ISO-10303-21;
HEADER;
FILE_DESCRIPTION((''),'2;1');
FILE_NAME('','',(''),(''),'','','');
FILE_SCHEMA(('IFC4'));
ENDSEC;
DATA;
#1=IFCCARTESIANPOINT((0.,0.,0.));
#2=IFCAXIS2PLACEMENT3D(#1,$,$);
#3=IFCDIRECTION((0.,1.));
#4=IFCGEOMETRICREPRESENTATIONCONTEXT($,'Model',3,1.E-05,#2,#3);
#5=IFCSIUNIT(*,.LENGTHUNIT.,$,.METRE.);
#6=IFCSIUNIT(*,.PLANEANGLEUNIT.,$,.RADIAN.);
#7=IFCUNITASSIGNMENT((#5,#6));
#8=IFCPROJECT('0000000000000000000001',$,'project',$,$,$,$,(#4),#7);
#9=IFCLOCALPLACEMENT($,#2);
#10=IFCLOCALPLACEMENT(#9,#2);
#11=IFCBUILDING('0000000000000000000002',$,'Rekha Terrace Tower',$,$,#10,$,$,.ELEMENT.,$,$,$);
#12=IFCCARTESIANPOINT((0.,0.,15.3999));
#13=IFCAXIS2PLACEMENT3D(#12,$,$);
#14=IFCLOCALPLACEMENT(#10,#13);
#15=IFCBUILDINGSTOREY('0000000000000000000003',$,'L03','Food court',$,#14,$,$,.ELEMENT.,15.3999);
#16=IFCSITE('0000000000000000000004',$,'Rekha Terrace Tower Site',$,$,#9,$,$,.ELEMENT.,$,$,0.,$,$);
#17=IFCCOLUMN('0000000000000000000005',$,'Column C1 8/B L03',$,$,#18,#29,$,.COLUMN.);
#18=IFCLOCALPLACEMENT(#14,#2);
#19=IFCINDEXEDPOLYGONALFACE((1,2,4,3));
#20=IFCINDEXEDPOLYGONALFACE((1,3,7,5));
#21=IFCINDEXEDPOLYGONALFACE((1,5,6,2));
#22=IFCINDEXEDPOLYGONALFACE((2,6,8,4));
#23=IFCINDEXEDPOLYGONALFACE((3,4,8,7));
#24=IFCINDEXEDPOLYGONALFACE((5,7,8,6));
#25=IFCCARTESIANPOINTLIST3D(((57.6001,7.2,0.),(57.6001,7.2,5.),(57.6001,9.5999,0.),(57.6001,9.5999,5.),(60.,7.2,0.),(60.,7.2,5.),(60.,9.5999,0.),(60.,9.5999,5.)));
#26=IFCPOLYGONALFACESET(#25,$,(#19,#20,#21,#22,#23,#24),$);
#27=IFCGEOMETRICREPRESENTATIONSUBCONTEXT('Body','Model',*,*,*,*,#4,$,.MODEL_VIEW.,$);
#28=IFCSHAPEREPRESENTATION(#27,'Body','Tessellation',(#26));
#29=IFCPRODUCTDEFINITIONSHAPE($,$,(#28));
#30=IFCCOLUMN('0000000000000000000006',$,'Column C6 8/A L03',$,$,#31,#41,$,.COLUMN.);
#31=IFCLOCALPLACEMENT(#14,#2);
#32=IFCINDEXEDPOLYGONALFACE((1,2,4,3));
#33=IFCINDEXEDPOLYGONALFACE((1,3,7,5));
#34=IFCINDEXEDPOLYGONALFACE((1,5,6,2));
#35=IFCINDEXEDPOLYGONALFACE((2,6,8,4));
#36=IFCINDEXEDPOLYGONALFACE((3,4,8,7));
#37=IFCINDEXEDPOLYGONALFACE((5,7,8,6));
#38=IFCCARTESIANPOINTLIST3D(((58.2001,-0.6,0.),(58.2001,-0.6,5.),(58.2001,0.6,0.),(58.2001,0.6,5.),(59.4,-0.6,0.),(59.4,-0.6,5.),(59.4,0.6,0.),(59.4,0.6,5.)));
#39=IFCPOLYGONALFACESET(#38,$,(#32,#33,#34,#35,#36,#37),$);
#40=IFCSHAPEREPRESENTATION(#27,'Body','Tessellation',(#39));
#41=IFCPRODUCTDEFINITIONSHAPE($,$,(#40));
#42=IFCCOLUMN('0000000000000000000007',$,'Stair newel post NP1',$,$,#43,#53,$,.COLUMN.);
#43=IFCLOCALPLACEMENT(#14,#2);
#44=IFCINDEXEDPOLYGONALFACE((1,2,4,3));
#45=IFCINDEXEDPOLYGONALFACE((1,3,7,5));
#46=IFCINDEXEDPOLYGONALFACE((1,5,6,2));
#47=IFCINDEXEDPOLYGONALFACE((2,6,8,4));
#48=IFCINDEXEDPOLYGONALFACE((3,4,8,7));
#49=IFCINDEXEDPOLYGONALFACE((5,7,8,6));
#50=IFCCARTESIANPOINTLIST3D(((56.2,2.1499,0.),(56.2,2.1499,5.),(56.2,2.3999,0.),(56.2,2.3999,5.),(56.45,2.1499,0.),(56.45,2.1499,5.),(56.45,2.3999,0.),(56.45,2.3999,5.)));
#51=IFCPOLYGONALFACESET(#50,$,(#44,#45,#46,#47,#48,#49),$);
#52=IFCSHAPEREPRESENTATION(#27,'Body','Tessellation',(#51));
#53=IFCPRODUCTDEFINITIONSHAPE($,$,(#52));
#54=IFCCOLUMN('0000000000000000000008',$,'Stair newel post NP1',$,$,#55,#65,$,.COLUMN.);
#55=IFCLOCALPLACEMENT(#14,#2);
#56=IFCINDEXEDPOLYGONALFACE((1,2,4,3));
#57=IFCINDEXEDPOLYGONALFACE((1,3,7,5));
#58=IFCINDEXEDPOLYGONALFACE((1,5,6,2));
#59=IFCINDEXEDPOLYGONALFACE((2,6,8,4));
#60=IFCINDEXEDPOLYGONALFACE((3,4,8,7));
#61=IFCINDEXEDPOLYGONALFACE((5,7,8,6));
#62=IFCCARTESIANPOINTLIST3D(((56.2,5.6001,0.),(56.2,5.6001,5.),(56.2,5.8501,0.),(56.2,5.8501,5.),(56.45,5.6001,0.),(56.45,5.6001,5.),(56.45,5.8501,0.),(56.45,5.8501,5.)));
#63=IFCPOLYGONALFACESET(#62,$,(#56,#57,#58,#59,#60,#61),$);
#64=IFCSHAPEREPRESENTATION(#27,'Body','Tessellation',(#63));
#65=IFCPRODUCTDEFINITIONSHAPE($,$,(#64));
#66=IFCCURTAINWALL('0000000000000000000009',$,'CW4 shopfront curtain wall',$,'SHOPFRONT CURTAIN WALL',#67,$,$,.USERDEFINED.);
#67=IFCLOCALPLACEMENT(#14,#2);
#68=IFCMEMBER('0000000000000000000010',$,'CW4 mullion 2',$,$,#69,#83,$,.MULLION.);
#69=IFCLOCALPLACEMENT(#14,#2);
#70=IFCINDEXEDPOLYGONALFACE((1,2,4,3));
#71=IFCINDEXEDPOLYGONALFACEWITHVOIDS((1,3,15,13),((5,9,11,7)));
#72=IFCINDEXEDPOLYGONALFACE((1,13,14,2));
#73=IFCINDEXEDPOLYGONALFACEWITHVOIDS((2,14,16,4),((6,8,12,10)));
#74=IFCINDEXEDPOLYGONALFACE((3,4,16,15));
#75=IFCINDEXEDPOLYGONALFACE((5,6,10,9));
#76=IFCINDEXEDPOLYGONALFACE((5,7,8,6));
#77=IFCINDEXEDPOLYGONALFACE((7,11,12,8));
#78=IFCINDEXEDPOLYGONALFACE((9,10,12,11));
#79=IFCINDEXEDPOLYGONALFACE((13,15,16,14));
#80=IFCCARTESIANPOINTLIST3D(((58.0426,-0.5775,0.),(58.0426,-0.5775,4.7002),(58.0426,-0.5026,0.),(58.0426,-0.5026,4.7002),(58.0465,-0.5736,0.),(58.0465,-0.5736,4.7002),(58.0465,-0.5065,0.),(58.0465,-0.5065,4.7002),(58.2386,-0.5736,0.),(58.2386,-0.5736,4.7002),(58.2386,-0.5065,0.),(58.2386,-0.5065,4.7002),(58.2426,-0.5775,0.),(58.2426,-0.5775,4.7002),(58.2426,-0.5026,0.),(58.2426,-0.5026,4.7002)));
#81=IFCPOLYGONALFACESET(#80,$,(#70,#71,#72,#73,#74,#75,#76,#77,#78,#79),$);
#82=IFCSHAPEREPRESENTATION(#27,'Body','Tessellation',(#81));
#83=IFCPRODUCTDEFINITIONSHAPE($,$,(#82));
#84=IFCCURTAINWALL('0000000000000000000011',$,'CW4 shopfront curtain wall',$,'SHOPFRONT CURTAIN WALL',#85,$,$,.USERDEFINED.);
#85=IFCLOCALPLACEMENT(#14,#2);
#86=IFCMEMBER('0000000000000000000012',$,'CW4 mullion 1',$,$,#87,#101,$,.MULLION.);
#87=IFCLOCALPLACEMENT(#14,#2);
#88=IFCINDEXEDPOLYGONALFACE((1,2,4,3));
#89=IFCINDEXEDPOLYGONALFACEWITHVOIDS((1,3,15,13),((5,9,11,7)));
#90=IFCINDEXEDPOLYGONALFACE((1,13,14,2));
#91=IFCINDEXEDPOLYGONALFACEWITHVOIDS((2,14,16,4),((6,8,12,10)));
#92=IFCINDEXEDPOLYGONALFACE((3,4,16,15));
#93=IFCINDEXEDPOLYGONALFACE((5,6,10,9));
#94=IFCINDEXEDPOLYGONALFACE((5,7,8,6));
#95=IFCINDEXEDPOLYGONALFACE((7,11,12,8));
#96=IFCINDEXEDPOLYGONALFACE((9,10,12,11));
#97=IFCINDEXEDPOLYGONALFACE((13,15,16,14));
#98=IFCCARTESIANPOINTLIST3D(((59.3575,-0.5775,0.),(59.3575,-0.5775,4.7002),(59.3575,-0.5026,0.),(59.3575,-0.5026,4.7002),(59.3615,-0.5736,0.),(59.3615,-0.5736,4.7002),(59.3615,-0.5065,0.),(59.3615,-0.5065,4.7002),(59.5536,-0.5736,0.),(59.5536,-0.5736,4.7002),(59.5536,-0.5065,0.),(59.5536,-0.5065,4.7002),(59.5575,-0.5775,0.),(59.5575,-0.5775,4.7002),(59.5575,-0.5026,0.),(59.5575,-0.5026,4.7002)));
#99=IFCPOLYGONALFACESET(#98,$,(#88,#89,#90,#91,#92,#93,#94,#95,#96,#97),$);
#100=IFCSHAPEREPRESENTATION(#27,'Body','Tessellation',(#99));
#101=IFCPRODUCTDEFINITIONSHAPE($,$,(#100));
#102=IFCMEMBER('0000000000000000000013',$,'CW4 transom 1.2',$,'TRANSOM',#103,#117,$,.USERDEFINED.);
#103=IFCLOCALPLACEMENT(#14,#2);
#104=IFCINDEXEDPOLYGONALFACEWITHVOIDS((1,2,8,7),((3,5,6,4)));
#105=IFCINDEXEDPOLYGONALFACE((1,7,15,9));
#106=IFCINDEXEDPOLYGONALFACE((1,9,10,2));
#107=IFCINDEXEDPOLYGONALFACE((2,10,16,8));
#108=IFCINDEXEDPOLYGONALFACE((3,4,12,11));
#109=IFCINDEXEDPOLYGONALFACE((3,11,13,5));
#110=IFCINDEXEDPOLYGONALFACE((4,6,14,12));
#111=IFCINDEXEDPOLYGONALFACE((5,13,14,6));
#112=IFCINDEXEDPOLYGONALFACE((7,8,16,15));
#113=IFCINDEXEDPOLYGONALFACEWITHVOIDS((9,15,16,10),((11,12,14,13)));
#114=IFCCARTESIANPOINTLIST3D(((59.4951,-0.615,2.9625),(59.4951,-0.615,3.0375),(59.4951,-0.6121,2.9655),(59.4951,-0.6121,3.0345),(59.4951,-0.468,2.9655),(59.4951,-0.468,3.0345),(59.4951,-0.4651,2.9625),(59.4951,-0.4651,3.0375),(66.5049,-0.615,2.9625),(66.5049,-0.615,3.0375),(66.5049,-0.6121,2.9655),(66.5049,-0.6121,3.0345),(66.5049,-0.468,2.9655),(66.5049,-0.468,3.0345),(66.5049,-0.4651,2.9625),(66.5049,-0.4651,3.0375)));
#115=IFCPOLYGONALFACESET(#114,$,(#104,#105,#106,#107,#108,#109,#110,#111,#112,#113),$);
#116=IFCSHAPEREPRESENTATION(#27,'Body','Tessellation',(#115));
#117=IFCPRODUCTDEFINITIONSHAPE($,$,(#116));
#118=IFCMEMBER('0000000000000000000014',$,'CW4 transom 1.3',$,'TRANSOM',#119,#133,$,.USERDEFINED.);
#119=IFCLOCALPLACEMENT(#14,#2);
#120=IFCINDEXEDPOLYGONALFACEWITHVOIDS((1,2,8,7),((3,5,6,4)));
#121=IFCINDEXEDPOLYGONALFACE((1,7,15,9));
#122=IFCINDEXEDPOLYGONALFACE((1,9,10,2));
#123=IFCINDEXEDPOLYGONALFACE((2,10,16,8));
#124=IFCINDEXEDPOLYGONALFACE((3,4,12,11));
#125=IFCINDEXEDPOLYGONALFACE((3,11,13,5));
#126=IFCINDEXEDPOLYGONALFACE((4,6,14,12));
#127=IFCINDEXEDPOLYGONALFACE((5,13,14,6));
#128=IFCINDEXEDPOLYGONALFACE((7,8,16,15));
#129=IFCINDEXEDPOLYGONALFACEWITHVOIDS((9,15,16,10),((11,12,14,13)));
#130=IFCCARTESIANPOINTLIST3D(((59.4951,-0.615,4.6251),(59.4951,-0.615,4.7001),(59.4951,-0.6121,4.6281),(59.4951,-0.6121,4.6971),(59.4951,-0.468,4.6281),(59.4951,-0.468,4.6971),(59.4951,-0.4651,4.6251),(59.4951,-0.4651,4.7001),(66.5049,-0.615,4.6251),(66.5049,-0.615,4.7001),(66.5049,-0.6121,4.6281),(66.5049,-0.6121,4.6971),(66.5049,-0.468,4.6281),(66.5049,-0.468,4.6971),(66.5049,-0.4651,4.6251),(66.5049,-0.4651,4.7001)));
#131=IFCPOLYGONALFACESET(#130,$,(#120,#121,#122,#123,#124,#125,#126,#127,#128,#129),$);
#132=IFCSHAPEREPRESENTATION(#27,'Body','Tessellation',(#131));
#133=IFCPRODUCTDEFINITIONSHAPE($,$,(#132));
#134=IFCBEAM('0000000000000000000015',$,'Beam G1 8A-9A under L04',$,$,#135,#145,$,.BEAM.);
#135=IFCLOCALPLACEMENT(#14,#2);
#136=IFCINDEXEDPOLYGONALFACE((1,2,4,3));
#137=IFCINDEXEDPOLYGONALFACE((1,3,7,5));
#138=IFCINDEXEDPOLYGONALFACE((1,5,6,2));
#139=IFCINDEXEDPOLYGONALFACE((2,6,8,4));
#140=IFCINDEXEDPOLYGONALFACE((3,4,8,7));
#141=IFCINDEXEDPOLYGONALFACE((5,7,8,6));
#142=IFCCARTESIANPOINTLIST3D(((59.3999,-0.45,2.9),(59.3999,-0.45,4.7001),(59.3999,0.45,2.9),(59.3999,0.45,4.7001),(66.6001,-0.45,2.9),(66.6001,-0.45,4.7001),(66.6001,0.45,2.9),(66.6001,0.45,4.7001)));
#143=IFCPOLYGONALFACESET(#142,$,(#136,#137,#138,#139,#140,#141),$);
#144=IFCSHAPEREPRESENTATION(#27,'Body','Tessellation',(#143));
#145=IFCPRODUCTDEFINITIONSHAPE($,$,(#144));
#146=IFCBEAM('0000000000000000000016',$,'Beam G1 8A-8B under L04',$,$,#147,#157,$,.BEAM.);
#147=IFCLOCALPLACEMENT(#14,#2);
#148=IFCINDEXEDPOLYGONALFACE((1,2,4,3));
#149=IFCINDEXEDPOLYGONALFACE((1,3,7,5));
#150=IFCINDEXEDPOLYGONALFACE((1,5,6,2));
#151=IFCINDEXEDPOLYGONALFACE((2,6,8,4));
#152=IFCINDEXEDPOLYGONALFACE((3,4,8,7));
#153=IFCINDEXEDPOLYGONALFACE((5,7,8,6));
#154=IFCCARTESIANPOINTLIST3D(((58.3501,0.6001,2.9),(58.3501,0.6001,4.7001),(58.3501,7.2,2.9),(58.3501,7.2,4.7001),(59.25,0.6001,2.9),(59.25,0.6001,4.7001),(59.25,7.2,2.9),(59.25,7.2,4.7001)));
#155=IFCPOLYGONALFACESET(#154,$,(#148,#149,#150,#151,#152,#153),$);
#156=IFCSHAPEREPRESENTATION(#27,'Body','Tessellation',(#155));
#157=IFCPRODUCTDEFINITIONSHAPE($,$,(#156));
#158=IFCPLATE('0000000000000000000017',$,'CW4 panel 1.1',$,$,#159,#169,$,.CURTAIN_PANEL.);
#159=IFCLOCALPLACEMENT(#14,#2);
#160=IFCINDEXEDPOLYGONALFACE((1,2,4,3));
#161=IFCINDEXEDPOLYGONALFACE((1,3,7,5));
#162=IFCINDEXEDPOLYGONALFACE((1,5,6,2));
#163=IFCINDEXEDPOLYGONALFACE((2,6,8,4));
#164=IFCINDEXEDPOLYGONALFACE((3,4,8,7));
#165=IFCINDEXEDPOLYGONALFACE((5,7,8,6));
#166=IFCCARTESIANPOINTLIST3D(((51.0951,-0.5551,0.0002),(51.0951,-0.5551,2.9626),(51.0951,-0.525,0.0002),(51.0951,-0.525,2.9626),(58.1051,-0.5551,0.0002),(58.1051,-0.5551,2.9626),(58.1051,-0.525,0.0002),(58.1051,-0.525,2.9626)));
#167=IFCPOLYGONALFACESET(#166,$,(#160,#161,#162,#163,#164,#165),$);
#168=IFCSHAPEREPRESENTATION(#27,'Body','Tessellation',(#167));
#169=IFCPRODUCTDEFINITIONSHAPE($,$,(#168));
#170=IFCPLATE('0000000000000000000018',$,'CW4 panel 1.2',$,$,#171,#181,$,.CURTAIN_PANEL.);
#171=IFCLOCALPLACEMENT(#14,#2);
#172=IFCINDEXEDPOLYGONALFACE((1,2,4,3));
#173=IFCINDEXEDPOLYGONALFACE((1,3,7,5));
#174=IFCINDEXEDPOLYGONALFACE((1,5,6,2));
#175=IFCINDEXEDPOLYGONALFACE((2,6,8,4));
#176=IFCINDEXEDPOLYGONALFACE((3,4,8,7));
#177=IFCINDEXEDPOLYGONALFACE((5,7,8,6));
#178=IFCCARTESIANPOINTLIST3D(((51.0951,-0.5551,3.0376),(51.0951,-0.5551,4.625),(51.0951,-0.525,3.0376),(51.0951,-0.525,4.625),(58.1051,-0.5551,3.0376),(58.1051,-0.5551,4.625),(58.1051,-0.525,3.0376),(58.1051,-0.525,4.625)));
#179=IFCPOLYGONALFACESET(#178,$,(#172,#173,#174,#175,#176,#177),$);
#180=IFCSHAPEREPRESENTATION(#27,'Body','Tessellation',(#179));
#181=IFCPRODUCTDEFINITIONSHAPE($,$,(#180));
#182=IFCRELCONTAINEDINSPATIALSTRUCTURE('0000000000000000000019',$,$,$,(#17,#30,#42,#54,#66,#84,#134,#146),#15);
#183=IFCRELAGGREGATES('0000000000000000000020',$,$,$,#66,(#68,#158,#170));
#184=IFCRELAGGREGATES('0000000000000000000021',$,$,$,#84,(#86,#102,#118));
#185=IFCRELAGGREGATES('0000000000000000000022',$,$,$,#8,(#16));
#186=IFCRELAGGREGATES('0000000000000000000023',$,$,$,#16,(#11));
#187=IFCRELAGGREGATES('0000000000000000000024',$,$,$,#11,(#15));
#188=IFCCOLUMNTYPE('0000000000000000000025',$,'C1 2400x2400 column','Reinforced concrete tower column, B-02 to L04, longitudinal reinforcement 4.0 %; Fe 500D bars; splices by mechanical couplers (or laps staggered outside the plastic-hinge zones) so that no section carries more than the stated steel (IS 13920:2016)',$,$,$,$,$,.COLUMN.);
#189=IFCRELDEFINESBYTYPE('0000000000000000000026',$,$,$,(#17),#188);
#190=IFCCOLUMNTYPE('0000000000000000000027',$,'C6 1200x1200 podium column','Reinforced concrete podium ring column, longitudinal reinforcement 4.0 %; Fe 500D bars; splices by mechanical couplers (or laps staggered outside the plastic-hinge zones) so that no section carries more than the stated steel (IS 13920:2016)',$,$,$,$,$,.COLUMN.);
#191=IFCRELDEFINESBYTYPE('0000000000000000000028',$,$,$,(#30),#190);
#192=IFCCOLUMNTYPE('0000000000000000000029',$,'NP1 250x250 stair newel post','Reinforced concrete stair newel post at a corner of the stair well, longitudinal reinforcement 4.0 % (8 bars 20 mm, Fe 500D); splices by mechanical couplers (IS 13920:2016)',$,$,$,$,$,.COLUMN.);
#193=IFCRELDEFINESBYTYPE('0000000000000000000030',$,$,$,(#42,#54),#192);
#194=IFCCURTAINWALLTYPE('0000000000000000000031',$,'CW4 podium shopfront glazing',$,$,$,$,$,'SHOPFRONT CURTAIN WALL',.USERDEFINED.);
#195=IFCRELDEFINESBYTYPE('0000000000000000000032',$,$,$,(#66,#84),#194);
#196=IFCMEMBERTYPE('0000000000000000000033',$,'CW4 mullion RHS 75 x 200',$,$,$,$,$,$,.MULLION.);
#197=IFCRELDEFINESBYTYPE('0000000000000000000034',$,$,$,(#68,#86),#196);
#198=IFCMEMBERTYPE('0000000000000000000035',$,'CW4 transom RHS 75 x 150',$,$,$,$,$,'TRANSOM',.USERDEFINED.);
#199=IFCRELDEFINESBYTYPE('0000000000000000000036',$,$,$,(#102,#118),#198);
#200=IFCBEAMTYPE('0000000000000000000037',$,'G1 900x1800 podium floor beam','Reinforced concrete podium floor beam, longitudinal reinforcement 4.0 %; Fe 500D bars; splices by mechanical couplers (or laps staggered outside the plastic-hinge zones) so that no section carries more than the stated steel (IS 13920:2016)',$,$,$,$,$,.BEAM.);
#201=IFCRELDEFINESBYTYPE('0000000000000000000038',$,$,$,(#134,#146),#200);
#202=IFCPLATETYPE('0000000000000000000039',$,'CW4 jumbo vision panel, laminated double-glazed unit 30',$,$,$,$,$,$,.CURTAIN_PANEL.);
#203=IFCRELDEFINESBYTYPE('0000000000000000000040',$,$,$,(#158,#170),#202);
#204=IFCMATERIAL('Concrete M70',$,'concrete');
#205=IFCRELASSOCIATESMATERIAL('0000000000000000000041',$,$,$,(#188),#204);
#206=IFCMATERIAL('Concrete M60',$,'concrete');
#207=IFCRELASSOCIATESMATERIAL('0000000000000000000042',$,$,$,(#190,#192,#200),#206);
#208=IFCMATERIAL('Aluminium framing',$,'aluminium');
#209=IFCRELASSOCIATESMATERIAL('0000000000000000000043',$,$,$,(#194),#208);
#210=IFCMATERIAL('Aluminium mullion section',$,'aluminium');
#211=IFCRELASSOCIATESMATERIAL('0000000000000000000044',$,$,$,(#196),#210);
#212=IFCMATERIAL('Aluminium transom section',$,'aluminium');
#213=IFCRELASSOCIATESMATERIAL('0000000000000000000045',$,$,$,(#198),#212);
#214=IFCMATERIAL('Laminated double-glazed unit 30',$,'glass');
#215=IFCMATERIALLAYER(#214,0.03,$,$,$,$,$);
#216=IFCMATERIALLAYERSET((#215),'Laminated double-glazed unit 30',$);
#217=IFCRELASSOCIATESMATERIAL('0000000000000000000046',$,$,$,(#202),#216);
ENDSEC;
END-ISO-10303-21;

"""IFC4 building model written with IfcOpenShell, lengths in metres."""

from ifc_helpers import new_model, si_unit, direction, frame, origin, origin_2d, place, context, subcontext, project, spatial, rectangle, hollow_rectangle, extrude, material, layer, layer_set, material_profile, profile_set, type_object, element, aggregate, save


model = new_model("IFC4")

# Units and contexts
model_context = context("Model", 3, precision=1e-05, world=origin(), true_north=direction((0.0, 1.0)))
body_context = subcontext(model_context, "Body", "Model", "MODEL_VIEW")
ifc_project = project(units=[si_unit("LENGTHUNIT", "METRE"), si_unit("PLANEANGLEUNIT", "RADIAN")], contexts=[model_context])

# Site, building, storey
site_placement = place(None, origin())
site = spatial("IfcSite", under=ifc_project, at=site_placement, Name="Rekha Terrace Tower Site", CompositionType="ELEMENT", RefElevation=0.0)
building_placement = place(site_placement, origin())
building = spatial("IfcBuilding", under=site, at=building_placement, Name="Rekha Terrace Tower", CompositionType="ELEMENT")
storey_placement = place(building_placement, frame((0.0, 0.0, 15.3999)))
storey = spatial("IfcBuildingStorey", under=building, at=storey_placement, Name="L03", Description="Food court", CompositionType="ELEMENT", Elevation=15.3999)

# Columns
ifc_material_1 = material(Name="Concrete M70", Category="concrete")
ifc_material_profile_1 = material_profile(ifc_material_1, rectangle(XDim=2.3999, YDim=2.3999, at=origin_2d()), Name="RC 2400x2400")
ifc_profile_set_1 = profile_set([ifc_material_profile_1], Name="Concrete M70")
column_type_1 = type_object("IfcColumnType", Name="C1 2400x2400 column", Description="Reinforced concrete tower column, B-02 to L04, longitudinal reinforcement 4.0 %; Fe 500D bars; splices by mechanical couplers (or laps staggered outside the plastic-hinge zones) so that no section carries more than the stated steel (IS 13920:2016)", PredefinedType="COLUMN", material=ifc_profile_set_1)
column_1_placement = place(storey_placement, frame((58.8, 8.3999, 0.0), z_axis=(0.0, 0.0, 1.0), x_axis=(1.0, 0.0, 0.0)))
element("IfcColumn", 1, at=column_1_placement, inside=storey, type_object=column_type_1, Name="Column C1 8/B L03", PredefinedType="COLUMN", context=body_context, shape_type="SweptSolid", body=[
    extrude(rectangle(XDim=2.3999, YDim=2.3999, at=origin_2d()), origin(), (0.0, 0.0, 1.0), 5.0),
])
ifc_material_2 = material(Name="Concrete M60", Category="concrete")
ifc_material_profile_2 = material_profile(ifc_material_2, rectangle(XDim=1.2, YDim=1.2, at=origin_2d()), Name="RC 1200x1200")
ifc_profile_set_2 = profile_set([ifc_material_profile_2], Name="Concrete M60")
column_type_2 = type_object("IfcColumnType", Name="C6 1200x1200 podium column", Description="Reinforced concrete podium ring column, longitudinal reinforcement 4.0 %; Fe 500D bars; splices by mechanical couplers (or laps staggered outside the plastic-hinge zones) so that no section carries more than the stated steel (IS 13920:2016)", PredefinedType="COLUMN", material=ifc_profile_set_2)
column_2_placement = place(storey_placement, frame((58.8, 0.0, 0.0), z_axis=(0.0, 0.0, 1.0), x_axis=(1.0, 0.0, 0.0)))
element("IfcColumn", 2, at=column_2_placement, inside=storey, type_object=column_type_2, Name="Column C6 8/A L03", PredefinedType="COLUMN", context=body_context, shape_type="SweptSolid", body=[
    extrude(rectangle(XDim=1.2, YDim=1.2, at=origin_2d()), origin(), (0.0, 0.0, 1.0), 5.0),
])
ifc_material_profile_3 = material_profile(ifc_material_2, rectangle(XDim=0.25, YDim=0.25, at=origin_2d()), Name="RC 250x250")
ifc_profile_set_3 = profile_set([ifc_material_profile_3], Name="Concrete M60")
column_type_3 = type_object("IfcColumnType", Name="NP1 250x250 stair newel post", Description="Reinforced concrete stair newel post at a corner of the stair well, longitudinal reinforcement 4.0 % (8 bars 20 mm, Fe 500D); splices by mechanical couplers (IS 13920:2016)", PredefinedType="COLUMN", material=ifc_profile_set_3)
for number, where, z_axis, x_axis, name in (
    (3, (56.325, 2.2749, 0.0), (0.0, 0.0, 1.0), (1.0, 0.0, 0.0), "Stair newel post NP1"),
    (4, (56.325, 5.7251, 0.0), (0.0, 0.0, 1.0), (1.0, 0.0, 0.0), "Stair newel post NP1"),
):
    element("IfcColumn", number, at=place(storey_placement, frame(where, z_axis=z_axis, x_axis=x_axis)), inside=storey, type_object=column_type_3, Name=name, PredefinedType="COLUMN", context=body_context, shape_type="SweptSolid", body=[
        extrude(rectangle(XDim=0.25, YDim=0.25, at=origin_2d()), origin(), (0.0, 0.0, 1.0), 5.0),
    ])

# Curtain wall, member
ifc_material_3 = material(Name="Aluminium framing", Category="aluminium")
curtain_wall_type = type_object("IfcCurtainWallType", Name="CW4 podium shopfront glazing", ElementType="SHOPFRONT CURTAIN WALL", PredefinedType="USERDEFINED", material=ifc_material_3)
curtain_wall_1_placement = place(storey_placement, origin())
curtain_wall_1 = element("IfcCurtainWall", 5, at=curtain_wall_1_placement, inside=storey, type_object=curtain_wall_type, Name="CW4 shopfront curtain wall", ObjectType="SHOPFRONT CURTAIN WALL", PredefinedType="USERDEFINED")
ifc_material_4 = material(Name="Aluminium mullion section", Category="aluminium")
ifc_material_profile_4 = material_profile(ifc_material_4, hollow_rectangle(XDim=0.075, YDim=0.2, WallThickness=0.0039, at=origin_2d()), Name="AL RHS 75x200")
ifc_profile_set_4 = profile_set([ifc_material_profile_4], Name="Aluminium mullion section")
member_type_1 = type_object("IfcMemberType", Name="CW4 mullion RHS 75 x 200", PredefinedType="MULLION", material=ifc_profile_set_4)
member_1_placement = place(storey_placement, frame((58.1426, -0.54, 0.0), z_axis=(0.0, 0.0, 1.0), x_axis=(0.0, 1.0, 0.0)))
member_1 = element("IfcMember", 6, at=member_1_placement, type_object=member_type_1, Name="CW4 mullion 2", PredefinedType="MULLION", context=body_context, shape_type="SweptSolid", body=[
    extrude(hollow_rectangle(XDim=0.075, YDim=0.2, WallThickness=0.0039, at=origin_2d()), origin(), (0.0, 0.0, 1.0), 4.7002),
])

# Curtain wall, members
curtain_wall_2_placement = place(storey_placement, origin())
curtain_wall_2 = element("IfcCurtainWall", 7, at=curtain_wall_2_placement, inside=storey, type_object=curtain_wall_type, Name="CW4 shopfront curtain wall", ObjectType="SHOPFRONT CURTAIN WALL", PredefinedType="USERDEFINED")
member_2_placement = place(storey_placement, frame((59.4575, -0.54, 0.0), z_axis=(0.0, 0.0, 1.0), x_axis=(0.0, 1.0, 0.0)))
member_2 = element("IfcMember", 8, at=member_2_placement, type_object=member_type_1, Name="CW4 mullion 1", PredefinedType="MULLION", context=body_context, shape_type="SweptSolid", body=[
    extrude(hollow_rectangle(XDim=0.075, YDim=0.2, WallThickness=0.0039, at=origin_2d()), origin(), (0.0, 0.0, 1.0), 4.7002),
])
ifc_material_5 = material(Name="Aluminium transom section", Category="aluminium")
ifc_material_profile_5 = material_profile(ifc_material_5, hollow_rectangle(XDim=0.1499, YDim=0.075, WallThickness=0.0029, at=origin_2d()), Name="AL RHS 150x75")
ifc_profile_set_5 = profile_set([ifc_material_profile_5], Name="Aluminium transom section")
member_type_2 = type_object("IfcMemberType", Name="CW4 transom RHS 75 x 150", ElementType="TRANSOM", PredefinedType="USERDEFINED", material=ifc_profile_set_5)
member_3_placement = place(storey_placement, frame((59.4951, -0.54, 3.0), z_axis=(1.0, 0.0, 0.0), x_axis=(0.0, 1.0, 0.0)))
member_3 = element("IfcMember", 9, at=member_3_placement, type_object=member_type_2, Name="CW4 transom 1.2", ObjectType="TRANSOM", PredefinedType="USERDEFINED", context=body_context, shape_type="SweptSolid", body=[
    extrude(hollow_rectangle(XDim=0.1499, YDim=0.075, WallThickness=0.0029, at=origin_2d()), origin(), (0.0, 0.0, 1.0), 7.0098),
])
member_4_placement = place(storey_placement, frame((59.4951, -0.54, 4.6626), z_axis=(1.0, 0.0, 0.0), x_axis=(0.0, 1.0, 0.0)))
member_4 = element("IfcMember", 10, at=member_4_placement, type_object=member_type_2, Name="CW4 transom 1.3", ObjectType="TRANSOM", PredefinedType="USERDEFINED", context=body_context, shape_type="SweptSolid", body=[
    extrude(hollow_rectangle(XDim=0.1499, YDim=0.075, WallThickness=0.0029, at=origin_2d()), origin(), (0.0, 0.0, 1.0), 7.0098),
])

# Beams
ifc_material_profile_6 = material_profile(ifc_material_2, rectangle(XDim=0.8999, YDim=1.8, at=origin_2d()), Name="RC 900x1800")
ifc_profile_set_6 = profile_set([ifc_material_profile_6], Name="Concrete M60")
beam_type = type_object("IfcBeamType", Name="G1 900x1800 podium floor beam", Description="Reinforced concrete podium floor beam, longitudinal reinforcement 4.0 %; Fe 500D bars; splices by mechanical couplers (or laps staggered outside the plastic-hinge zones) so that no section carries more than the stated steel (IS 13920:2016)", PredefinedType="BEAM", material=ifc_profile_set_6)
beam_1_placement = place(storey_placement, frame((59.3999, 0.0, 3.8), z_axis=(1.0, 0.0, 0.0), x_axis=(0.0, 1.0, 0.0)))
element("IfcBeam", 11, at=beam_1_placement, inside=storey, type_object=beam_type, Name="Beam G1 8A-9A under L04", PredefinedType="BEAM", context=body_context, shape_type="SweptSolid", body=[
    extrude(rectangle(XDim=0.8999, YDim=1.8, at=origin_2d()), origin(), (0.0, 0.0, 1.0), 7.2002),
])
beam_2_placement = place(storey_placement, frame((58.8, 0.6001, 3.8), z_axis=(0.0, 1.0, 0.0), x_axis=(-1.0, 0.0, 0.0)))
element("IfcBeam", 12, at=beam_2_placement, inside=storey, type_object=beam_type, Name="Beam G1 8A-8B under L04", PredefinedType="BEAM", context=body_context, shape_type="SweptSolid", body=[
    extrude(rectangle(XDim=0.8999, YDim=1.8, at=origin_2d()), origin(), (0.0, 0.0, 1.0), 6.5999),
])

# Plates
ifc_material_6 = material(Name="Laminated double-glazed unit 30", Category="glass")
ifc_layer_1 = layer(ifc_material_6, 0.03)
ifc_layer_set_1 = layer_set([ifc_layer_1], Name="Laminated double-glazed unit 30")
plate_type = type_object("IfcPlateType", Name="CW4 jumbo vision panel, laminated double-glazed unit 30", PredefinedType="CURTAIN_PANEL", material=ifc_layer_set_1)
plate_1_placement = place(storey_placement, frame((54.6001, -0.54, 0.0002), z_axis=(0.0, 0.0, 1.0), x_axis=(1.0, 0.0, 0.0)))
plate_1 = element("IfcPlate", 13, at=plate_1_placement, type_object=plate_type, Name="CW4 panel 1.1", PredefinedType="CURTAIN_PANEL", context=body_context, shape_type="SweptSolid", body=[
    extrude(rectangle(XDim=7.01, YDim=0.03, at=origin_2d()), origin(), (0.0, 0.0, 1.0), 2.9624),
])
plate_2_placement = place(storey_placement, frame((54.6001, -0.54, 3.0376), z_axis=(0.0, 0.0, 1.0), x_axis=(1.0, 0.0, 0.0)))
plate_2 = element("IfcPlate", 14, at=plate_2_placement, type_object=plate_type, Name="CW4 panel 1.2", PredefinedType="CURTAIN_PANEL", context=body_context, shape_type="SweptSolid", body=[
    extrude(rectangle(XDim=7.01, YDim=0.03, at=origin_2d()), origin(), (0.0, 0.0, 1.0), 1.5874),
])
aggregate(curtain_wall_1, [member_1, plate_1, plate_2])
aggregate(curtain_wall_2, [member_2, member_3, member_4])

save(model, "model.ifc")
